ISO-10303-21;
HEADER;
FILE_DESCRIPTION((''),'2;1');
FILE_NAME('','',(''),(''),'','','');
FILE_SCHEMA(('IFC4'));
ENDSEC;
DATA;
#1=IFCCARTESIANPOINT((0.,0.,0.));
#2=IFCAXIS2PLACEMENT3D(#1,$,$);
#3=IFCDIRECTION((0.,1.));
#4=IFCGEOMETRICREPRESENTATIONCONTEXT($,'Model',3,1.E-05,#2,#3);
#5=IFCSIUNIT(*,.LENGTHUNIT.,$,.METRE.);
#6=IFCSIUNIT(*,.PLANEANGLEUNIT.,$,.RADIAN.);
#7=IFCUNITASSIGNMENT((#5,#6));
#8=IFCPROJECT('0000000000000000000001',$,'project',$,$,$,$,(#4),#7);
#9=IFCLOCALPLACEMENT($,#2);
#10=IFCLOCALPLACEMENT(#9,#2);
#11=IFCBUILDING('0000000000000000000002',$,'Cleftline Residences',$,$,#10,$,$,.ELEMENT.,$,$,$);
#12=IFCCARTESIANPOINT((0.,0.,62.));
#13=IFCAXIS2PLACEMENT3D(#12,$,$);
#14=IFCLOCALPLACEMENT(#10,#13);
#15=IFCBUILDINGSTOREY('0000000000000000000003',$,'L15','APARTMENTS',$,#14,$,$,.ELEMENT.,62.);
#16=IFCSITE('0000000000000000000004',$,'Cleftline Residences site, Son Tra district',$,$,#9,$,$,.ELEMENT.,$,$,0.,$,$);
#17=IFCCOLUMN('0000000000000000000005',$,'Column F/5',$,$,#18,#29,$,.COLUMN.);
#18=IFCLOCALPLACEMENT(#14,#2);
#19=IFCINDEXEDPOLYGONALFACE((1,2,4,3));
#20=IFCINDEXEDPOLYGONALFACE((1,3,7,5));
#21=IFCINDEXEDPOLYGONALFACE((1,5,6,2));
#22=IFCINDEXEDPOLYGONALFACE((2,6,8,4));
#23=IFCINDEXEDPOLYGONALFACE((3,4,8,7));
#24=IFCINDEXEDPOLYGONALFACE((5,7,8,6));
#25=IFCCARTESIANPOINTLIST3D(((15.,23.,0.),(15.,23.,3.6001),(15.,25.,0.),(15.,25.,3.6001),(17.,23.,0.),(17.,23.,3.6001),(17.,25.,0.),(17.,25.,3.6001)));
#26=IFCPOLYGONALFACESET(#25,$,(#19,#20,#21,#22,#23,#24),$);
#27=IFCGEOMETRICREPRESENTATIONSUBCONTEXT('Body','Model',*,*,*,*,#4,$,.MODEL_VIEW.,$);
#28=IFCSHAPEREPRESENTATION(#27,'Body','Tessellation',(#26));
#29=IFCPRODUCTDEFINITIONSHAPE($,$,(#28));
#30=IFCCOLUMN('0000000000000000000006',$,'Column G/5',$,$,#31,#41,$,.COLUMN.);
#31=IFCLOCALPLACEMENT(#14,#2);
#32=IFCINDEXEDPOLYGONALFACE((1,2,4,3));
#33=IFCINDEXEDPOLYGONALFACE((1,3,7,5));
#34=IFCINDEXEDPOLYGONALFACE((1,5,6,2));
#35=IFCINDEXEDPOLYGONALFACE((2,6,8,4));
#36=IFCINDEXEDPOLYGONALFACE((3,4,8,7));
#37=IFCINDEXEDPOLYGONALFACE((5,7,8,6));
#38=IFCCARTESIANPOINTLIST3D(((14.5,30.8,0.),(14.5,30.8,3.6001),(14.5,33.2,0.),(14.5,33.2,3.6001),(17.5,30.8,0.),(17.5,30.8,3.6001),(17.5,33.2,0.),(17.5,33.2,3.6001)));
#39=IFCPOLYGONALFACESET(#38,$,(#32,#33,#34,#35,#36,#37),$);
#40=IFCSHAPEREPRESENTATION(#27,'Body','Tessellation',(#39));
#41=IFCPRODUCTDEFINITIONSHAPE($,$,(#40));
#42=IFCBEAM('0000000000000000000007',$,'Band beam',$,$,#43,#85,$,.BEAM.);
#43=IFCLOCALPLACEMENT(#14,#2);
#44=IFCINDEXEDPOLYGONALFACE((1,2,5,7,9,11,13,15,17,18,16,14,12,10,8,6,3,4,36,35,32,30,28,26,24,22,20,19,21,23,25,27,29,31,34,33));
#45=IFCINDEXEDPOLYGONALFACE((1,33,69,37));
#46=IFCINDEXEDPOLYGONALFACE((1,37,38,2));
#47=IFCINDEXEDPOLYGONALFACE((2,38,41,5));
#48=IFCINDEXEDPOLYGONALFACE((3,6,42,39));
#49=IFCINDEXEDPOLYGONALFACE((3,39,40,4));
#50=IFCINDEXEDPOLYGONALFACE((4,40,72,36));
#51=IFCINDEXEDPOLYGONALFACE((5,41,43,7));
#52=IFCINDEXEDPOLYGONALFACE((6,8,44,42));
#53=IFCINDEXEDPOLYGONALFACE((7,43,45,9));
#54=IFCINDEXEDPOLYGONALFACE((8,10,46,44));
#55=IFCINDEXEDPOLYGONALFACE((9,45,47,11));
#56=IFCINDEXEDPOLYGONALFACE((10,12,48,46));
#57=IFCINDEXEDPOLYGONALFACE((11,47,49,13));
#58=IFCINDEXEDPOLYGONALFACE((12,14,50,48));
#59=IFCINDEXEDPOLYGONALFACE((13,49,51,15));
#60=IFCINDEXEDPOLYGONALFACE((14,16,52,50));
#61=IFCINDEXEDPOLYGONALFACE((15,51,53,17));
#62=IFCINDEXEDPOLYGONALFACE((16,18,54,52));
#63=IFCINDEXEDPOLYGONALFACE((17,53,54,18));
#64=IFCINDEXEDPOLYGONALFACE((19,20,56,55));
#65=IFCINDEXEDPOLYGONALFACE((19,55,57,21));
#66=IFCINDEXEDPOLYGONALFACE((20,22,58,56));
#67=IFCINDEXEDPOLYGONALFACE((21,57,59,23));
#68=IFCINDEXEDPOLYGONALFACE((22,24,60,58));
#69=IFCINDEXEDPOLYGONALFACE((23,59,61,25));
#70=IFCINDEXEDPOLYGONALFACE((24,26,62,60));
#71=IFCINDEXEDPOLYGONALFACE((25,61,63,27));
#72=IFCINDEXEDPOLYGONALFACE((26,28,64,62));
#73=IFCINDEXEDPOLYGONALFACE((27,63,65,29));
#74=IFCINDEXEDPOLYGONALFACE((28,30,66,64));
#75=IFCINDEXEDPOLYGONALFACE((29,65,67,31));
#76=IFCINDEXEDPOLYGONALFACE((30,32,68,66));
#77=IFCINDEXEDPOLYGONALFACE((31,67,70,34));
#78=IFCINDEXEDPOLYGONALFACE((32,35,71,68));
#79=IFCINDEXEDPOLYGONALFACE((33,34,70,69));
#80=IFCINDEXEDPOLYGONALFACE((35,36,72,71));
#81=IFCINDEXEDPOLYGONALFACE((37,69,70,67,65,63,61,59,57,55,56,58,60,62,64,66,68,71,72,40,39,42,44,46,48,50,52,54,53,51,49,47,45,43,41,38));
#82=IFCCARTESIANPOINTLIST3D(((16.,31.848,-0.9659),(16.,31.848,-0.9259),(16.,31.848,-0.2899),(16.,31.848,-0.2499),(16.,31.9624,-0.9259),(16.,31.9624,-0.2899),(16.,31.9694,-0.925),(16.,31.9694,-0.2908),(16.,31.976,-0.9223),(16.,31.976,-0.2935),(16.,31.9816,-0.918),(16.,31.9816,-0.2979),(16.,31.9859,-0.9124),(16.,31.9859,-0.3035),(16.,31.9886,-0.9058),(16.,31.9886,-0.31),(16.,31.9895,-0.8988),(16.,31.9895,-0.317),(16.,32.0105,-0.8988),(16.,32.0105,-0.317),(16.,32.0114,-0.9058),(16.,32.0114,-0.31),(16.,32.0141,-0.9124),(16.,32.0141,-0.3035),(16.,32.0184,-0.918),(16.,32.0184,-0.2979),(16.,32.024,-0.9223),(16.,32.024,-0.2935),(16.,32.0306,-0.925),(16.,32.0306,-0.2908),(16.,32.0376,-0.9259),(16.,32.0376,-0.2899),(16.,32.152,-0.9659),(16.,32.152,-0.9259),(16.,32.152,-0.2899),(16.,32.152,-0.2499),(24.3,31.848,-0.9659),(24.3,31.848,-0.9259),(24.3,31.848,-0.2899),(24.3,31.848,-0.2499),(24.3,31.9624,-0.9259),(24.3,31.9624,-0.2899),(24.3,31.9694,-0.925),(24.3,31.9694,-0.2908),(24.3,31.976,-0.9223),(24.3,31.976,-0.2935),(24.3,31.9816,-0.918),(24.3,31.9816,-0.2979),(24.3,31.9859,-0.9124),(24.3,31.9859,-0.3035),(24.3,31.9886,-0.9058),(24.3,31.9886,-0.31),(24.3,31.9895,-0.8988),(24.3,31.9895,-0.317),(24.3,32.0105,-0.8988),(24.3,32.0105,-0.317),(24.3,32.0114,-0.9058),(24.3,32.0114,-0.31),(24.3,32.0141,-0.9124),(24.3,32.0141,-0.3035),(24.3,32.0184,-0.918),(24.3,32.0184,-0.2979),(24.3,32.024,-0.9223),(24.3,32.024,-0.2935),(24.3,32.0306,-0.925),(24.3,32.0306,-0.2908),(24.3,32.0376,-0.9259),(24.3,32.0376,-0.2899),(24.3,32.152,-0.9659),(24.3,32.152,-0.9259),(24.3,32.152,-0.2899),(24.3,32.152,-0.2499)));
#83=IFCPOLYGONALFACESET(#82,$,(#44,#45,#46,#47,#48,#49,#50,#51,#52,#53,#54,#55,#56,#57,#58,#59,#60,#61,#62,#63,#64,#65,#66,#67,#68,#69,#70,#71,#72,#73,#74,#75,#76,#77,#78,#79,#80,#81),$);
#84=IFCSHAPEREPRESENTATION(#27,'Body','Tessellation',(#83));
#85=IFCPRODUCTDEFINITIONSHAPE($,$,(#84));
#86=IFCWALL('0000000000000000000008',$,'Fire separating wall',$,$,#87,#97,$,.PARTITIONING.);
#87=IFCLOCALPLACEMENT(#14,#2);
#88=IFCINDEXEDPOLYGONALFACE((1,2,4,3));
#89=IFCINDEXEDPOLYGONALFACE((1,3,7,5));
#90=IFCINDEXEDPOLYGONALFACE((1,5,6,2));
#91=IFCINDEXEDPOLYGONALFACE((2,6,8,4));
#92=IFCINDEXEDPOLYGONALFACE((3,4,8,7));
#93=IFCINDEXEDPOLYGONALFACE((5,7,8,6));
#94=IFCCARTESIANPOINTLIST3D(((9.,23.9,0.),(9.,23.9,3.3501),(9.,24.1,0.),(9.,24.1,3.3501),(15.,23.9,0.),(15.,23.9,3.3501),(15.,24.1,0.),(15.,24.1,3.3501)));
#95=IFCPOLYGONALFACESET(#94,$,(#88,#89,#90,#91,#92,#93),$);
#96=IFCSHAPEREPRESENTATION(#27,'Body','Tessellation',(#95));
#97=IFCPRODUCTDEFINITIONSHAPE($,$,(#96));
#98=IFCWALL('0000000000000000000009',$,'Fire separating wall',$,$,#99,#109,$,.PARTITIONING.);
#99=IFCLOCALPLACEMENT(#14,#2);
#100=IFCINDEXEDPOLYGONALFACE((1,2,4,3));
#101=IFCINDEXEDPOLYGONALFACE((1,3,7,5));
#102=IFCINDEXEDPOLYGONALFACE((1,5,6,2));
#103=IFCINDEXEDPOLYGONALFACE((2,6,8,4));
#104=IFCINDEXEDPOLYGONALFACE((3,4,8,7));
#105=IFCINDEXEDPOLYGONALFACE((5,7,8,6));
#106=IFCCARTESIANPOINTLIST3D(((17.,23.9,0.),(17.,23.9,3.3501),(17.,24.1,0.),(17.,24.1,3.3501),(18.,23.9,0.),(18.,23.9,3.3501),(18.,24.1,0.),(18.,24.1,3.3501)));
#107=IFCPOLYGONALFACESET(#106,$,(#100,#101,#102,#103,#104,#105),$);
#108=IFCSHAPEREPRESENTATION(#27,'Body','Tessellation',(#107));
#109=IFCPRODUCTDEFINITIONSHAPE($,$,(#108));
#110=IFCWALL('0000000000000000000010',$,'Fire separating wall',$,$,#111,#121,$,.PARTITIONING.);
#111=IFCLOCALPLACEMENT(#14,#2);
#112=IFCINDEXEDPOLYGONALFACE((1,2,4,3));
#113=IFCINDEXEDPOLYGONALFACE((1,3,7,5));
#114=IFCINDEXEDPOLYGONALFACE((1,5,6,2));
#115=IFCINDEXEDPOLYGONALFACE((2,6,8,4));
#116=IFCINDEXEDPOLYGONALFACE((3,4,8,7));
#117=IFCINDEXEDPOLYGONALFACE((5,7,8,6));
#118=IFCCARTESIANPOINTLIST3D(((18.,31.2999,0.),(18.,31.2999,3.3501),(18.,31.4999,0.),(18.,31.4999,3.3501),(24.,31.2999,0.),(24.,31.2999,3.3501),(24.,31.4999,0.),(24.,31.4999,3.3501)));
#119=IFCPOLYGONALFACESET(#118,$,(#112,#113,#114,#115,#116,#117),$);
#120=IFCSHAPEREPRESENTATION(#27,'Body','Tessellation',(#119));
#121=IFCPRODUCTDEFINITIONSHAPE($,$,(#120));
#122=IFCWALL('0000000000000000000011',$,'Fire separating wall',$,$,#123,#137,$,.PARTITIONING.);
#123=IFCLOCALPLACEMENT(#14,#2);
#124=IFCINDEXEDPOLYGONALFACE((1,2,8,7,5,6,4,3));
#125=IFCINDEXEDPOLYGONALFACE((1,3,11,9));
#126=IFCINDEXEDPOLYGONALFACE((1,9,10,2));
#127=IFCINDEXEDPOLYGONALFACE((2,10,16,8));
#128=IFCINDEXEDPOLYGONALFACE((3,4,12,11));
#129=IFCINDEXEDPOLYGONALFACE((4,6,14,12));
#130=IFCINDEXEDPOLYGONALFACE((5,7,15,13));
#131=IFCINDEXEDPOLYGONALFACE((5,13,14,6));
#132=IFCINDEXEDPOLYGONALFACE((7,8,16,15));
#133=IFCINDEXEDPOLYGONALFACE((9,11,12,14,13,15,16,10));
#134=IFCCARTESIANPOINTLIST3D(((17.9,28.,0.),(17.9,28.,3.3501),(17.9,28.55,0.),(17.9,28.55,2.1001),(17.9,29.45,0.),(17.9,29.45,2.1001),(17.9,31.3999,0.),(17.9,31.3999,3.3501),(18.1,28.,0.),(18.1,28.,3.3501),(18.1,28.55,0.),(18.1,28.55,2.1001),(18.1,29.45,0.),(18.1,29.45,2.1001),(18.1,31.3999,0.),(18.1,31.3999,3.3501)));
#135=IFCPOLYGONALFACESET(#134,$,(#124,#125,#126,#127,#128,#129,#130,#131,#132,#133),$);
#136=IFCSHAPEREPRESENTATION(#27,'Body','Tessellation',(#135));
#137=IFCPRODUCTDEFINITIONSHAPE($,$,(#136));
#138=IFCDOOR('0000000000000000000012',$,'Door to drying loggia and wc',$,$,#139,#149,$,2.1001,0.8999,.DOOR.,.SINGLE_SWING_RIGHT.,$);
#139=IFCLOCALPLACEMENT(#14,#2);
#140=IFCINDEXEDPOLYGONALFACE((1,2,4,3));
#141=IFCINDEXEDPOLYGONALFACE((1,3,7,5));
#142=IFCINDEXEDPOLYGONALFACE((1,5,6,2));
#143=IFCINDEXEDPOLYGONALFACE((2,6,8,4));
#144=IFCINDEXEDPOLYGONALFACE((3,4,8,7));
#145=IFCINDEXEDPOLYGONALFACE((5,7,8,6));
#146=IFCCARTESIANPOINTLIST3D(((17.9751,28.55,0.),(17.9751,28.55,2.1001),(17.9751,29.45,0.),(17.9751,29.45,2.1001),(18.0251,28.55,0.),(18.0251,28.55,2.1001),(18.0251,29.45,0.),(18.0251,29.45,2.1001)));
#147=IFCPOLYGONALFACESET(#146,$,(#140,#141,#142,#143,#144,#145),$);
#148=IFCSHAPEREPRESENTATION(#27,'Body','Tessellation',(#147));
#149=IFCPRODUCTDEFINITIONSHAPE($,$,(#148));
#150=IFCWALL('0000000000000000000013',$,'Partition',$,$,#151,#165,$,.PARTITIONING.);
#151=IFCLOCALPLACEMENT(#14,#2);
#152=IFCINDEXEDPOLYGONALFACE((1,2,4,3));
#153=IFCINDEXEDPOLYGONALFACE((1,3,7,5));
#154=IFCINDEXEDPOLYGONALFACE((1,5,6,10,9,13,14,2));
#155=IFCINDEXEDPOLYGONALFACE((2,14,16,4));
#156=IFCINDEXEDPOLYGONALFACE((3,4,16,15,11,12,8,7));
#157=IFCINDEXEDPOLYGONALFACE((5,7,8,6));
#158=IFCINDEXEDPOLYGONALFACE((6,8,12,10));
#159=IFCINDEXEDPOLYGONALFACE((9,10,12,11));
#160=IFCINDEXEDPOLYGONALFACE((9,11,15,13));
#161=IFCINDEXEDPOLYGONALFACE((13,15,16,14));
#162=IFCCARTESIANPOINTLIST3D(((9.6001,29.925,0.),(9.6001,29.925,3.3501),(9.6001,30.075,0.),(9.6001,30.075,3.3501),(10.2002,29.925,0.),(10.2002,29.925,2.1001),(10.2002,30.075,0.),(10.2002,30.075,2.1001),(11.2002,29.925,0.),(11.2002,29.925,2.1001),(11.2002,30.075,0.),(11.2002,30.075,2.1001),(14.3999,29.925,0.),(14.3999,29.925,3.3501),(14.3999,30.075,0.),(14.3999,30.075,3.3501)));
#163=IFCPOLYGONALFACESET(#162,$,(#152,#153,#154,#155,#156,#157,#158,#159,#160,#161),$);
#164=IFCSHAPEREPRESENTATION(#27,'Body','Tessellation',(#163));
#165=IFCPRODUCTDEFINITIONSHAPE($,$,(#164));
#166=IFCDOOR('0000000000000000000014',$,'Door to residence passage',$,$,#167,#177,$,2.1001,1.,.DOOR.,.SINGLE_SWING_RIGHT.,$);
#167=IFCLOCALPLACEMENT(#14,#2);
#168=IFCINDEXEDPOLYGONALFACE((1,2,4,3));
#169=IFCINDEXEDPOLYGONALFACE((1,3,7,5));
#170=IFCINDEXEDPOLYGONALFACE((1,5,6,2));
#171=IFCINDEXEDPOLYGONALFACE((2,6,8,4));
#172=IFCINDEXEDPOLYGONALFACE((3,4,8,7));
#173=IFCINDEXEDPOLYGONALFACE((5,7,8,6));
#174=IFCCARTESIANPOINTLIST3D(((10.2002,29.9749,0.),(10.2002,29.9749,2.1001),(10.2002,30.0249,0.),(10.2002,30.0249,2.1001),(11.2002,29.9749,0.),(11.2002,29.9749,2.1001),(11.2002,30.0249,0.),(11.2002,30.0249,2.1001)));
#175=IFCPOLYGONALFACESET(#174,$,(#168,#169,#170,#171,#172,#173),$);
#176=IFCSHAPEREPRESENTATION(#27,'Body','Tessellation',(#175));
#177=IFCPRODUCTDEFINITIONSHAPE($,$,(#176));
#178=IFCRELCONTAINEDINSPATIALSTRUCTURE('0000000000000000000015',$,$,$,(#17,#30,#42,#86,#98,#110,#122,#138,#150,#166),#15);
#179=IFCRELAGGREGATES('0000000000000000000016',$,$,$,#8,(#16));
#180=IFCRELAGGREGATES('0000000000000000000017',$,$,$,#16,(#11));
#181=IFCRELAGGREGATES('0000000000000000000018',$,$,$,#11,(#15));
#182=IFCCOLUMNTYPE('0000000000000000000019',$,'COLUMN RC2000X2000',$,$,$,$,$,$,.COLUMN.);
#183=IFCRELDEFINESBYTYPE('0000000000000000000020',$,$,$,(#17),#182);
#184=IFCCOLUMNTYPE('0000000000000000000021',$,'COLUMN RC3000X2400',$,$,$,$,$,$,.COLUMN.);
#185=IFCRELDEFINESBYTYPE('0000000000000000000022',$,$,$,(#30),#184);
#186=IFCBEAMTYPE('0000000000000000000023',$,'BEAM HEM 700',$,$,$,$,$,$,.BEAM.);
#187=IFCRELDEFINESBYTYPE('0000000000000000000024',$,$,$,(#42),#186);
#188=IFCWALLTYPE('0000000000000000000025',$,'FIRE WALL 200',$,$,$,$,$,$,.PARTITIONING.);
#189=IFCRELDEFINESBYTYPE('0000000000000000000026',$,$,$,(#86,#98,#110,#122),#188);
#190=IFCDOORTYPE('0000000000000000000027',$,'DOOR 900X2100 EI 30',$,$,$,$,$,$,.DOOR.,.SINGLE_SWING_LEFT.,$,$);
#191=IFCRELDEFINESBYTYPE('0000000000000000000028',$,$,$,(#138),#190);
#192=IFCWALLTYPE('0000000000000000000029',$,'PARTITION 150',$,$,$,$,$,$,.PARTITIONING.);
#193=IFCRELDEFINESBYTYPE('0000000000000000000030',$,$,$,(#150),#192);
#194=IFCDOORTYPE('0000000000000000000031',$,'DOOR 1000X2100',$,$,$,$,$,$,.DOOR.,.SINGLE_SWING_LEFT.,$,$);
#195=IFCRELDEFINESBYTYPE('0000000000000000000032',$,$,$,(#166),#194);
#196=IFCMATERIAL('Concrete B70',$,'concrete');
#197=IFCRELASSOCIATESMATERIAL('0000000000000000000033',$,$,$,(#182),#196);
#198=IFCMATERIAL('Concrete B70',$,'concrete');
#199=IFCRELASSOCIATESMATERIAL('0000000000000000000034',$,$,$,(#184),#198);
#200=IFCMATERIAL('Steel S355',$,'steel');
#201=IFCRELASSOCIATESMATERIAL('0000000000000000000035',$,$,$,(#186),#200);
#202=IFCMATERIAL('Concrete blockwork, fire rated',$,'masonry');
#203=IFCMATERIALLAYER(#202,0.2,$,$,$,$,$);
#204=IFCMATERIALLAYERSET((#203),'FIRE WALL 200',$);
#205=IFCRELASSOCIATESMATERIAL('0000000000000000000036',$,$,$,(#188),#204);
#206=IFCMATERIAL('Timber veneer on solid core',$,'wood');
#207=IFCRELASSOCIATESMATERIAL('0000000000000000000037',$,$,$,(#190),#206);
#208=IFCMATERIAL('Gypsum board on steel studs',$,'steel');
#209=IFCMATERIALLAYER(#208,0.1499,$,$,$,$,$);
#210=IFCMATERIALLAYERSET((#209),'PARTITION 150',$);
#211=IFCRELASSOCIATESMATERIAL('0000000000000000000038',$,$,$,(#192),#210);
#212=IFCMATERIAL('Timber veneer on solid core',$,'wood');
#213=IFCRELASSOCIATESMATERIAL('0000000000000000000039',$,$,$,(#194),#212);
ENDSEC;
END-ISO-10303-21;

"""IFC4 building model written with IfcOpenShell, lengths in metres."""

from ifc_helpers import new_model, si_unit, direction, frame, frame_2d, origin, origin_2d, place, context, subcontext, project, spatial, rectangle, i_section, extrude, material, layer, layer_set, material_profile, profile_set, type_object, element, fill, save


model = new_model("IFC4")

# Units and contexts
model_context = context("Model", 3, precision=1e-05, world=origin(), true_north=direction((0.0, 1.0)))
body_context = subcontext(model_context, "Body", "Model", "MODEL_VIEW")
ifc_project = project(units=[si_unit("LENGTHUNIT", "METRE"), si_unit("PLANEANGLEUNIT", "RADIAN")], contexts=[model_context])

# Site, building, storey
site_placement = place(None, origin())
site = spatial("IfcSite", under=ifc_project, at=site_placement, Name="Cleftline Residences site, Son Tra district", CompositionType="ELEMENT", RefElevation=0.0)
building_placement = place(site_placement, origin())
building = spatial("IfcBuilding", under=site, at=building_placement, Name="Cleftline Residences", CompositionType="ELEMENT")
storey_placement = place(building_placement, frame((0.0, 0.0, 62.0)))
storey = spatial("IfcBuildingStorey", under=building, at=storey_placement, Name="L15", Description="APARTMENTS", CompositionType="ELEMENT", Elevation=62.0)

# Columns
ifc_material_1 = material(Name="Concrete B70", Category="concrete")
ifc_material_profile_1 = material_profile(ifc_material_1, rectangle(XDim=2.0, YDim=2.0, at=origin_2d()))
ifc_profile_set_1 = profile_set([ifc_material_profile_1], Name="Concrete B70")
column_type_1 = type_object("IfcColumnType", Name="COLUMN RC2000X2000", PredefinedType="COLUMN", material=ifc_profile_set_1)
column_1_placement = place(storey_placement, frame((16.0, 24.0, 0.0), z_axis=(0.0, 0.0, 1.0), x_axis=(1.0, 0.0, 0.0)))
element("IfcColumn", 1, at=column_1_placement, inside=storey, type_object=column_type_1, Name="Column F/5", PredefinedType="COLUMN", context=body_context, shape_type="SweptSolid", body=[
    extrude(rectangle(XDim=2.0, YDim=2.0, at=origin_2d()), origin(), (0.0, 0.0, 1.0), 3.6001),
])
ifc_material_2 = material(Name="Concrete B70", Category="concrete")
ifc_material_profile_2 = material_profile(ifc_material_2, rectangle(XDim=3.0, YDim=2.3999, at=origin_2d()))
ifc_profile_set_2 = profile_set([ifc_material_profile_2], Name="Concrete B70")
column_type_2 = type_object("IfcColumnType", Name="COLUMN RC3000X2400", PredefinedType="COLUMN", material=ifc_profile_set_2)
column_2_placement = place(storey_placement, frame((16.0, 32.0, 0.0), z_axis=(0.0, 0.0, 1.0), x_axis=(1.0, 0.0, 0.0)))
element("IfcColumn", 2, at=column_2_placement, inside=storey, type_object=column_type_2, Name="Column G/5", PredefinedType="COLUMN", context=body_context, shape_type="SweptSolid", body=[
    extrude(rectangle(XDim=3.0, YDim=2.3999, at=origin_2d()), origin(), (0.0, 0.0, 1.0), 3.6001),
])

# Beam
ifc_material_3 = material(Name="Steel S355", Category="steel")
ifc_material_profile_3 = material_profile(ifc_material_3, i_section(OverallWidth=0.304, OverallDepth=0.7161, WebThickness=0.021, FlangeThickness=0.04, FilletRadius=0.0271, at=origin_2d()))
ifc_profile_set_3 = profile_set([ifc_material_profile_3], Name="Steel S355")
beam_type = type_object("IfcBeamType", Name="BEAM HEM 700", PredefinedType="BEAM", material=ifc_profile_set_3)
beam_placement = place(storey_placement, frame((16.0, 32.0, -0.6079), z_axis=(1.0, 0.0, 0.0), x_axis=(0.0, 1.0, 0.0)))
element("IfcBeam", 3, at=beam_placement, inside=storey, type_object=beam_type, Name="Band beam", PredefinedType="BEAM", context=body_context, shape_type="SweptSolid", body=[
    extrude(i_section(OverallWidth=0.304, OverallDepth=0.7161, WebThickness=0.021, FlangeThickness=0.04, FilletRadius=0.0271, at=origin_2d()), origin(), (0.0, 0.0, 1.0), 8.3),
])

# Walls
ifc_material_4 = material(Name="Concrete blockwork, fire rated", Category="masonry")
ifc_layer_1 = layer(ifc_material_4, 0.2)
ifc_layer_set_1 = layer_set([ifc_layer_1], Name="FIRE WALL 200")
wall_type_1 = type_object("IfcWallType", Name="FIRE WALL 200", PredefinedType="PARTITIONING", material=ifc_layer_set_1)
wall_1_placement = place(storey_placement, frame((9.0, 24.0, 0.0), z_axis=(0.0, 0.0, 1.0), x_axis=(1.0, 0.0, 0.0)))
element("IfcWall", 4, at=wall_1_placement, inside=storey, type_object=wall_type_1, Name="Fire separating wall", PredefinedType="PARTITIONING", context=body_context, shape_type="SweptSolid", body=[
    extrude(rectangle(XDim=6.0, YDim=0.2, at=frame_2d((3.0, 0.0))), origin(), (0.0, 0.0, 1.0), 3.3501),
])
wall_2_placement = place(storey_placement, frame((17.0, 24.0, 0.0), z_axis=(0.0, 0.0, 1.0), x_axis=(1.0, 0.0, 0.0)))
element("IfcWall", 5, at=wall_2_placement, inside=storey, type_object=wall_type_1, Name="Fire separating wall", PredefinedType="PARTITIONING", context=body_context, shape_type="SweptSolid", body=[
    extrude(rectangle(XDim=1.0, YDim=0.2, at=frame_2d((0.5, 0.0))), origin(), (0.0, 0.0, 1.0), 3.3501),
])
wall_3_placement = place(storey_placement, frame((18.0, 31.3999, 0.0), z_axis=(0.0, 0.0, 1.0), x_axis=(1.0, 0.0, 0.0)))
element("IfcWall", 6, at=wall_3_placement, inside=storey, type_object=wall_type_1, Name="Fire separating wall", PredefinedType="PARTITIONING", context=body_context, shape_type="SweptSolid", body=[
    extrude(rectangle(XDim=6.0, YDim=0.2, at=frame_2d((3.0, 0.0))), origin(), (0.0, 0.0, 1.0), 3.3501),
])

# Walls, openings, doors
wall_4_placement = place(storey_placement, frame((18.0, 28.0, 0.0), z_axis=(0.0, 0.0, 1.0), x_axis=(0.0, 1.0, 0.0)))
wall_4 = element("IfcWall", 7, at=wall_4_placement, inside=storey, type_object=wall_type_1, Name="Fire separating wall", PredefinedType="PARTITIONING", context=body_context, shape_type="SweptSolid", body=[
    extrude(rectangle(XDim=3.3999, YDim=0.2, at=frame_2d((1.7, 0.0))), origin(), (0.0, 0.0, 1.0), 3.3501),
])
opening_1_placement = place(wall_4_placement, frame((0.55, 0.0, 0.0)))
opening_1 = element("IfcOpeningElement", 8, at=opening_1_placement, cuts=wall_4, PredefinedType="OPENING", context=body_context, shape_type="SweptSolid", body=[
    extrude(rectangle(XDim=0.8999, YDim=2.1001, at=frame_2d((0.45, 1.05))), frame((0.0, 0.1099, 0.0), z_axis=(0.0, -1.0, 0.0), x_axis=(1.0, 0.0, 0.0)), (0.0, 0.0, 1.0), 0.22),
])
ifc_material_5 = material(Name="Timber veneer on solid core", Category="wood")
door_type_1 = type_object("IfcDoorType", Name="DOOR 900X2100 EI 30", OperationType="SINGLE_SWING_LEFT", PredefinedType="DOOR", material=ifc_material_5)
door_1_placement = place(opening_1_placement, origin())
door_1 = element("IfcDoor", 9, at=door_1_placement, inside=storey, type_object=door_type_1, Name="Door to drying loggia and wc", OperationType="SINGLE_SWING_RIGHT", OverallHeight=2.1001, OverallWidth=0.8999, PredefinedType="DOOR", context=body_context, shape_type="SweptSolid", body=[
    extrude(rectangle(XDim=0.8999, YDim=2.1001, at=frame_2d((0.45, 1.05))), frame((0.0, 0.0249, 0.0), z_axis=(0.0, -1.0, 0.0), x_axis=(1.0, 0.0, 0.0)), (0.0, 0.0, 1.0), 0.05),
])
fill(opening_1, door_1)
ifc_material_6 = material(Name="Gypsum board on steel studs", Category="steel")
ifc_layer_2 = layer(ifc_material_6, 0.1499)
ifc_layer_set_2 = layer_set([ifc_layer_2], Name="PARTITION 150")
wall_type_2 = type_object("IfcWallType", Name="PARTITION 150", PredefinedType="PARTITIONING", material=ifc_layer_set_2)
wall_5_placement = place(storey_placement, frame((9.6001, 30.0, 0.0), z_axis=(0.0, 0.0, 1.0), x_axis=(1.0, 0.0, 0.0)))
wall_5 = element("IfcWall", 10, at=wall_5_placement, inside=storey, type_object=wall_type_2, Name="Partition", PredefinedType="PARTITIONING", context=body_context, shape_type="SweptSolid", body=[
    extrude(rectangle(XDim=4.7998, YDim=0.1499, at=frame_2d((2.3999, 0.0))), origin(), (0.0, 0.0, 1.0), 3.3501),
])
opening_2_placement = place(wall_5_placement, frame((0.6001, 0.0, 0.0)))
opening_2 = element("IfcOpeningElement", 11, at=opening_2_placement, cuts=wall_5, PredefinedType="OPENING", context=body_context, shape_type="SweptSolid", body=[
    extrude(rectangle(XDim=1.0, YDim=2.1001, at=frame_2d((0.5, 1.05))), frame((0.0, 0.085, 0.0), z_axis=(0.0, -1.0, 0.0), x_axis=(1.0, 0.0, 0.0)), (0.0, 0.0, 1.0), 0.1699),
])
ifc_material_7 = material(Name="Timber veneer on solid core", Category="wood")
door_type_2 = type_object("IfcDoorType", Name="DOOR 1000X2100", OperationType="SINGLE_SWING_LEFT", PredefinedType="DOOR", material=ifc_material_7)
door_2_placement = place(opening_2_placement, origin())
door_2 = element("IfcDoor", 12, at=door_2_placement, inside=storey, type_object=door_type_2, Name="Door to residence passage", OperationType="SINGLE_SWING_RIGHT", OverallHeight=2.1001, OverallWidth=1.0, PredefinedType="DOOR", context=body_context, shape_type="SweptSolid", body=[
    extrude(rectangle(XDim=1.0, YDim=2.1001, at=frame_2d((0.5, 1.05))), frame((0.0, 0.0249, 0.0), z_axis=(0.0, -1.0, 0.0), x_axis=(1.0, 0.0, 0.0)), (0.0, 0.0, 1.0), 0.05),
])
fill(opening_2, door_2)

save(model, "model.ifc")
